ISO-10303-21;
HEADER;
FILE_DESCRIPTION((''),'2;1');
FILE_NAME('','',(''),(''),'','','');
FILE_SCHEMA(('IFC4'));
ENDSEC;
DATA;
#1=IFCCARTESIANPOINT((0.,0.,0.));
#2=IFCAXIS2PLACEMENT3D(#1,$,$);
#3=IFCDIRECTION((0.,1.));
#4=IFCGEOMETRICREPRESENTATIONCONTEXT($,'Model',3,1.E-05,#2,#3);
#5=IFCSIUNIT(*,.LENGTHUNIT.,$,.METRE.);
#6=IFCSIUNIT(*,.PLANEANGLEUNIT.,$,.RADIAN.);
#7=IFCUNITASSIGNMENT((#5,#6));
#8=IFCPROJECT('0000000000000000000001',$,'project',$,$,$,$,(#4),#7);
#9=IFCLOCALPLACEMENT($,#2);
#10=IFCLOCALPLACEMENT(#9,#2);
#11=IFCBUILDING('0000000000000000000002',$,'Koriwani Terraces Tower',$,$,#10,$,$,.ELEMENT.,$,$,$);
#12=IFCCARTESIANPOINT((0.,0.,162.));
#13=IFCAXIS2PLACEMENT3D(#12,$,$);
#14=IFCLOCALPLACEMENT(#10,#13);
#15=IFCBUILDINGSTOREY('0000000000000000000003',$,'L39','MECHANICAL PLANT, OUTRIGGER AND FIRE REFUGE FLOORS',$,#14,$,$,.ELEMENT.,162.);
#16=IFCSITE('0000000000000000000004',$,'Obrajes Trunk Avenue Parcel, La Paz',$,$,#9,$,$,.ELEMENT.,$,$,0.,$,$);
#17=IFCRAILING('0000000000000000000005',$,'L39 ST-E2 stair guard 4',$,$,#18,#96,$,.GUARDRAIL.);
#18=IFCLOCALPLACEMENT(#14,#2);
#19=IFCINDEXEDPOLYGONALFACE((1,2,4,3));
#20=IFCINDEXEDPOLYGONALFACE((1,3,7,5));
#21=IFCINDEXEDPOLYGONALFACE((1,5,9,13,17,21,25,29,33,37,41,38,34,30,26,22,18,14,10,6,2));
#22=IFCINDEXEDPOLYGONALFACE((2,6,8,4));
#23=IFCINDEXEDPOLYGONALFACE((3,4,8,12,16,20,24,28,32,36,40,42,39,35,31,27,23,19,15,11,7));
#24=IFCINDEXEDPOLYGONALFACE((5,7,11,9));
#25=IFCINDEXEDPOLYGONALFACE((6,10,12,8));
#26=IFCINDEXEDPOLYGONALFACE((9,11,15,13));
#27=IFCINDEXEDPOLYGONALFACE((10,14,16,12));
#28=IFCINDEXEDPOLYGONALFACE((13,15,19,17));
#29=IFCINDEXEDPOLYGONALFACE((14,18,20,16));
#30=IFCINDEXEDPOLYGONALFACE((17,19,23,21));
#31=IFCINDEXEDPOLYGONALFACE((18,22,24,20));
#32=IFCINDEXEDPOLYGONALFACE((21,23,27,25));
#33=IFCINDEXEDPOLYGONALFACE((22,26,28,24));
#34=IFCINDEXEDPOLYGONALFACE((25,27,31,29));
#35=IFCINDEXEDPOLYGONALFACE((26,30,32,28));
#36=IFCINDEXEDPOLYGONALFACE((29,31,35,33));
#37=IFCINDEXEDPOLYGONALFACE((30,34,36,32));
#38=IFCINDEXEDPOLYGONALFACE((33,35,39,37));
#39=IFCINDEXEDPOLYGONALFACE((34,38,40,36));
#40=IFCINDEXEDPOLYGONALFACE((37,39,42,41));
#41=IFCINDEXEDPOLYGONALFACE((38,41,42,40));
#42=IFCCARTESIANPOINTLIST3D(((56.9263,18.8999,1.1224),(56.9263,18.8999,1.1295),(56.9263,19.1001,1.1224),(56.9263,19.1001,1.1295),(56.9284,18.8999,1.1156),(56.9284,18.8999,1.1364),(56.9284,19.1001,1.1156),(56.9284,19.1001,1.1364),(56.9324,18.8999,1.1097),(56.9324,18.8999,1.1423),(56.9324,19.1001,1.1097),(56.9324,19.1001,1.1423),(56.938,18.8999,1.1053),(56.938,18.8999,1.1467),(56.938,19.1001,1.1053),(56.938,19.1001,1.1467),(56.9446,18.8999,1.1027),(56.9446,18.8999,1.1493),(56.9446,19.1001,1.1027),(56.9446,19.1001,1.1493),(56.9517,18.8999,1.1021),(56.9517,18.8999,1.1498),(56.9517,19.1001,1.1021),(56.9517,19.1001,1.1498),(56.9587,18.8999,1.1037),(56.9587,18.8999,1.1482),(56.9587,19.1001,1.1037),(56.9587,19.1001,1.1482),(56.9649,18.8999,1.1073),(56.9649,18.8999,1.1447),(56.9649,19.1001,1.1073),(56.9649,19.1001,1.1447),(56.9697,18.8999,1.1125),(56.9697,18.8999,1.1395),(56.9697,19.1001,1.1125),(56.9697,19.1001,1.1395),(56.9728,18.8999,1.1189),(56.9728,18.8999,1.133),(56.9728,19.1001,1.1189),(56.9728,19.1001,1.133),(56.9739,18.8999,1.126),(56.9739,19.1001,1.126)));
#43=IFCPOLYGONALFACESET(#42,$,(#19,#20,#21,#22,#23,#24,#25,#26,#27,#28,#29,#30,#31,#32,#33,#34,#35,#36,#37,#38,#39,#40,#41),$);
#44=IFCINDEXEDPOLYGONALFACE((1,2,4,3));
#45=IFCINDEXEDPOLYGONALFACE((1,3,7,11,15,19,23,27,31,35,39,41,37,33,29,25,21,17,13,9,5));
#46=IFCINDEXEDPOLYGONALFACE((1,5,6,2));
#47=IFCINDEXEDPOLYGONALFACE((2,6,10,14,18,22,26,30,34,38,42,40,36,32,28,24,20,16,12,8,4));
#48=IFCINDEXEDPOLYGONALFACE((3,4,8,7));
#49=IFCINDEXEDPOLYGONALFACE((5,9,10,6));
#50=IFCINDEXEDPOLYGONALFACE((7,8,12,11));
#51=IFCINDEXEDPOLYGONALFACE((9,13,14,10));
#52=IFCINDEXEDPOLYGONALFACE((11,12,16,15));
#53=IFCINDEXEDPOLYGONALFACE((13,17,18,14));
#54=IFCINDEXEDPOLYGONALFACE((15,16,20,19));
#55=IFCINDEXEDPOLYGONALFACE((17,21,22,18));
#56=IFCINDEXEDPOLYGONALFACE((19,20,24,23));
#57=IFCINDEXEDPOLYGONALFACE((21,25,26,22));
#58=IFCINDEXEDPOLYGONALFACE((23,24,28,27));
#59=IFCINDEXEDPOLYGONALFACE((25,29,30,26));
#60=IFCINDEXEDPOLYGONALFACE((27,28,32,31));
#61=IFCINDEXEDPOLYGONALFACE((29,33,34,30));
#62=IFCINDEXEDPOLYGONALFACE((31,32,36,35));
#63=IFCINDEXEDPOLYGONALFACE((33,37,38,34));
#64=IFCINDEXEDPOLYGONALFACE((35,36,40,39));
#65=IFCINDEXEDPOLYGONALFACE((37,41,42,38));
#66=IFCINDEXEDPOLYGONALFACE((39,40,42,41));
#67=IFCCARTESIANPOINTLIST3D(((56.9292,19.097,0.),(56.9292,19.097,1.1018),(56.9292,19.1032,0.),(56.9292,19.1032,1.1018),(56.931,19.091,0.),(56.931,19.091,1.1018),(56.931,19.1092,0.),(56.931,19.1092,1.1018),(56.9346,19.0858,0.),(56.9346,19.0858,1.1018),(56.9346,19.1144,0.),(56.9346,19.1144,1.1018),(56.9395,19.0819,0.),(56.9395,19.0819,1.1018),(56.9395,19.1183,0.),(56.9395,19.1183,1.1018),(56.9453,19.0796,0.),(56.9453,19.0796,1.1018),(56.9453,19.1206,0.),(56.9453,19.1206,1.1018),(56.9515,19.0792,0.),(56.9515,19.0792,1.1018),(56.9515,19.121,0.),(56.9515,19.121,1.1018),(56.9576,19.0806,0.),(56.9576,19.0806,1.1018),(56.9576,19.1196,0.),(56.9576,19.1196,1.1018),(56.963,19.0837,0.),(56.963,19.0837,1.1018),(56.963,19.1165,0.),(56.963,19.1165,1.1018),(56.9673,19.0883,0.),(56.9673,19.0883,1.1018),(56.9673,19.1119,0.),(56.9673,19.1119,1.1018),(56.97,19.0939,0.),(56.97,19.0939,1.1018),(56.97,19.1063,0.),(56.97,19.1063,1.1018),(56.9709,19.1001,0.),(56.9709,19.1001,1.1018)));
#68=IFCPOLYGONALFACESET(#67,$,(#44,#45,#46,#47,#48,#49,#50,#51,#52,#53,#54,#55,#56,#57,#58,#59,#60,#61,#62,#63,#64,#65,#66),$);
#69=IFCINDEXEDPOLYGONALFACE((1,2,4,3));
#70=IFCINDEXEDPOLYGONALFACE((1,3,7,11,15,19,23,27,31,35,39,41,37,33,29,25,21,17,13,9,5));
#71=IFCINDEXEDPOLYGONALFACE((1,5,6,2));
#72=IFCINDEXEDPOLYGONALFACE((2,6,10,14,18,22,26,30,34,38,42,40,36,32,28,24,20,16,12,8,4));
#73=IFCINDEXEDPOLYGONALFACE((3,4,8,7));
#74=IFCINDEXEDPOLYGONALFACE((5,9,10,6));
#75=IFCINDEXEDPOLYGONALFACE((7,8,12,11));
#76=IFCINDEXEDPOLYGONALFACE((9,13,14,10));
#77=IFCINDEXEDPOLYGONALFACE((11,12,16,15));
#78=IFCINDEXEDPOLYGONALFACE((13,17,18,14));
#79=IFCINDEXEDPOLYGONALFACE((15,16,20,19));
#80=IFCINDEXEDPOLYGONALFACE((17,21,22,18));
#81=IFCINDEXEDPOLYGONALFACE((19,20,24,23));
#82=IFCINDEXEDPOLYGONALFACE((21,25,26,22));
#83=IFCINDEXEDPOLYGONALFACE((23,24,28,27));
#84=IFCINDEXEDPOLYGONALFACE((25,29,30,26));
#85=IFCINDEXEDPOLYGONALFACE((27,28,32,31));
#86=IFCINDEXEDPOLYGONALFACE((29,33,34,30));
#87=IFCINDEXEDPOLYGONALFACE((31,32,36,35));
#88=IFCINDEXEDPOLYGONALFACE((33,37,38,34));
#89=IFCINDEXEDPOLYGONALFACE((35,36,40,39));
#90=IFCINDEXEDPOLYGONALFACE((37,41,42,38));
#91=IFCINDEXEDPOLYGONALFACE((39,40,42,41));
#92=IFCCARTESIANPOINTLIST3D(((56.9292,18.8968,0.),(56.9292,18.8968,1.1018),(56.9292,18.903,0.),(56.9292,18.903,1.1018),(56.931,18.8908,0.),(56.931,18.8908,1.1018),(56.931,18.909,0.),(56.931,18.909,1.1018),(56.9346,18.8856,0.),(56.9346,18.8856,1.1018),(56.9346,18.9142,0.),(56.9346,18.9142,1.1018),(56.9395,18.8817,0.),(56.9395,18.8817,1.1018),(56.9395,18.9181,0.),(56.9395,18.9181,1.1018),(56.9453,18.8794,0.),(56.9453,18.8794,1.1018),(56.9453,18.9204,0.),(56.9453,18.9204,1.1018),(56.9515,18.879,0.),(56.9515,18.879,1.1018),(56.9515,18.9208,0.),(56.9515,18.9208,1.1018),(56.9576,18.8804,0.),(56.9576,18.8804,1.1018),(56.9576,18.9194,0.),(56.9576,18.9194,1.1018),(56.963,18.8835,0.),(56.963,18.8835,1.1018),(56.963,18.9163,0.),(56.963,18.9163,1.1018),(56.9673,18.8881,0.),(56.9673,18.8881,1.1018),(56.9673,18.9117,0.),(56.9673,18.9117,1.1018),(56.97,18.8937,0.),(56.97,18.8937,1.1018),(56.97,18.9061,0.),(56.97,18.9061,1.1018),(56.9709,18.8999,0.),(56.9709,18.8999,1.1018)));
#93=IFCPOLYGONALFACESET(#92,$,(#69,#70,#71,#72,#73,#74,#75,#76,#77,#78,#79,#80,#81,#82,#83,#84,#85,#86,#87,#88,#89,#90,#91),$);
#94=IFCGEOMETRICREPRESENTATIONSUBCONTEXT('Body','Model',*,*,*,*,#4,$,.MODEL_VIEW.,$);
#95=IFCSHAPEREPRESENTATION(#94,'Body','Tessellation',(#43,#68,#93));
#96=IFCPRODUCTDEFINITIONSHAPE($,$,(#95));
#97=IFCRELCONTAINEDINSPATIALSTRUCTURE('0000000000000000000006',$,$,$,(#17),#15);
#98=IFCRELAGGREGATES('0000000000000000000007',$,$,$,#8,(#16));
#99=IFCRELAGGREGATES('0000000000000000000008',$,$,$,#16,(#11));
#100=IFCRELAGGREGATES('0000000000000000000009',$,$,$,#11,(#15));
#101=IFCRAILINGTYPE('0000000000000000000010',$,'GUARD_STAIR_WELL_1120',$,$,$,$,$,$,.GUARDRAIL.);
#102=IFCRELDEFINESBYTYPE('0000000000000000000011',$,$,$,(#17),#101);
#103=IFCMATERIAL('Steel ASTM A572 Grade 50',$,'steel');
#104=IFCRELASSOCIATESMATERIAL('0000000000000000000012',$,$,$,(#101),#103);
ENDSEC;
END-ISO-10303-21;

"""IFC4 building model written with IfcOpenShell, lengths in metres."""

from ifc_helpers import new_model, si_unit, direction, frame, origin, origin_2d, place, context, subcontext, project, spatial, circle, extrude, material, type_object, element, save


model = new_model("IFC4")

# Units and contexts
model_context = context("Model", 3, precision=1e-05, world=origin(), true_north=direction((0.0, 1.0)))
body_context = subcontext(model_context, "Body", "Model", "MODEL_VIEW")
ifc_project = project(units=[si_unit("LENGTHUNIT", "METRE"), si_unit("PLANEANGLEUNIT", "RADIAN")], contexts=[model_context])

# Site, building, storey
site_placement = place(None, origin())
site = spatial("IfcSite", under=ifc_project, at=site_placement, Name="Obrajes Trunk Avenue Parcel, La Paz", CompositionType="ELEMENT", RefElevation=0.0)
building_placement = place(site_placement, origin())
building = spatial("IfcBuilding", under=site, at=building_placement, Name="Koriwani Terraces Tower", CompositionType="ELEMENT")
storey_placement = place(building_placement, frame((0.0, 0.0, 162.0)))
storey = spatial("IfcBuildingStorey", under=building, at=storey_placement, Name="L39", Description="MECHANICAL PLANT, OUTRIGGER AND FIRE REFUGE FLOORS", CompositionType="ELEMENT", Elevation=162.0)

# Shared definitions
ifc_material_1 = material(Name="Steel ASTM A572 Grade 50", Category="steel")

# Railing
railing_type_1 = type_object("IfcRailingType", Name="GUARD_STAIR_WELL_1120", PredefinedType="GUARDRAIL", material=ifc_material_1)
railing_1_placement = place(storey_placement, frame((56.95, 19.1001, 0.0)))
element("IfcRailing", 1, at=railing_1_placement, inside=storey, type_object=railing_type_1, Name="L39 ST-E2 stair guard 4", PredefinedType="GUARDRAIL", context=body_context, shape_type="SweptSolid", body=[
    extrude(circle(Radius=0.0239, at=origin_2d()), frame((0.0, 0.0, 1.126), z_axis=(0.0, -1.0, 0.0), x_axis=(1.0, 0.0, 0.0)), (0.0, 0.0, 1.0), 0.2002),
    extrude(circle(Radius=0.021, at=origin_2d()), origin(), (0.0, 0.0, 1.0), 1.1018),
    extrude(circle(Radius=0.021, at=origin_2d()), frame((0.0, -0.2002, 0.0)), (0.0, 0.0, 1.0), 1.1018),
])

save(model, "model.ifc")
